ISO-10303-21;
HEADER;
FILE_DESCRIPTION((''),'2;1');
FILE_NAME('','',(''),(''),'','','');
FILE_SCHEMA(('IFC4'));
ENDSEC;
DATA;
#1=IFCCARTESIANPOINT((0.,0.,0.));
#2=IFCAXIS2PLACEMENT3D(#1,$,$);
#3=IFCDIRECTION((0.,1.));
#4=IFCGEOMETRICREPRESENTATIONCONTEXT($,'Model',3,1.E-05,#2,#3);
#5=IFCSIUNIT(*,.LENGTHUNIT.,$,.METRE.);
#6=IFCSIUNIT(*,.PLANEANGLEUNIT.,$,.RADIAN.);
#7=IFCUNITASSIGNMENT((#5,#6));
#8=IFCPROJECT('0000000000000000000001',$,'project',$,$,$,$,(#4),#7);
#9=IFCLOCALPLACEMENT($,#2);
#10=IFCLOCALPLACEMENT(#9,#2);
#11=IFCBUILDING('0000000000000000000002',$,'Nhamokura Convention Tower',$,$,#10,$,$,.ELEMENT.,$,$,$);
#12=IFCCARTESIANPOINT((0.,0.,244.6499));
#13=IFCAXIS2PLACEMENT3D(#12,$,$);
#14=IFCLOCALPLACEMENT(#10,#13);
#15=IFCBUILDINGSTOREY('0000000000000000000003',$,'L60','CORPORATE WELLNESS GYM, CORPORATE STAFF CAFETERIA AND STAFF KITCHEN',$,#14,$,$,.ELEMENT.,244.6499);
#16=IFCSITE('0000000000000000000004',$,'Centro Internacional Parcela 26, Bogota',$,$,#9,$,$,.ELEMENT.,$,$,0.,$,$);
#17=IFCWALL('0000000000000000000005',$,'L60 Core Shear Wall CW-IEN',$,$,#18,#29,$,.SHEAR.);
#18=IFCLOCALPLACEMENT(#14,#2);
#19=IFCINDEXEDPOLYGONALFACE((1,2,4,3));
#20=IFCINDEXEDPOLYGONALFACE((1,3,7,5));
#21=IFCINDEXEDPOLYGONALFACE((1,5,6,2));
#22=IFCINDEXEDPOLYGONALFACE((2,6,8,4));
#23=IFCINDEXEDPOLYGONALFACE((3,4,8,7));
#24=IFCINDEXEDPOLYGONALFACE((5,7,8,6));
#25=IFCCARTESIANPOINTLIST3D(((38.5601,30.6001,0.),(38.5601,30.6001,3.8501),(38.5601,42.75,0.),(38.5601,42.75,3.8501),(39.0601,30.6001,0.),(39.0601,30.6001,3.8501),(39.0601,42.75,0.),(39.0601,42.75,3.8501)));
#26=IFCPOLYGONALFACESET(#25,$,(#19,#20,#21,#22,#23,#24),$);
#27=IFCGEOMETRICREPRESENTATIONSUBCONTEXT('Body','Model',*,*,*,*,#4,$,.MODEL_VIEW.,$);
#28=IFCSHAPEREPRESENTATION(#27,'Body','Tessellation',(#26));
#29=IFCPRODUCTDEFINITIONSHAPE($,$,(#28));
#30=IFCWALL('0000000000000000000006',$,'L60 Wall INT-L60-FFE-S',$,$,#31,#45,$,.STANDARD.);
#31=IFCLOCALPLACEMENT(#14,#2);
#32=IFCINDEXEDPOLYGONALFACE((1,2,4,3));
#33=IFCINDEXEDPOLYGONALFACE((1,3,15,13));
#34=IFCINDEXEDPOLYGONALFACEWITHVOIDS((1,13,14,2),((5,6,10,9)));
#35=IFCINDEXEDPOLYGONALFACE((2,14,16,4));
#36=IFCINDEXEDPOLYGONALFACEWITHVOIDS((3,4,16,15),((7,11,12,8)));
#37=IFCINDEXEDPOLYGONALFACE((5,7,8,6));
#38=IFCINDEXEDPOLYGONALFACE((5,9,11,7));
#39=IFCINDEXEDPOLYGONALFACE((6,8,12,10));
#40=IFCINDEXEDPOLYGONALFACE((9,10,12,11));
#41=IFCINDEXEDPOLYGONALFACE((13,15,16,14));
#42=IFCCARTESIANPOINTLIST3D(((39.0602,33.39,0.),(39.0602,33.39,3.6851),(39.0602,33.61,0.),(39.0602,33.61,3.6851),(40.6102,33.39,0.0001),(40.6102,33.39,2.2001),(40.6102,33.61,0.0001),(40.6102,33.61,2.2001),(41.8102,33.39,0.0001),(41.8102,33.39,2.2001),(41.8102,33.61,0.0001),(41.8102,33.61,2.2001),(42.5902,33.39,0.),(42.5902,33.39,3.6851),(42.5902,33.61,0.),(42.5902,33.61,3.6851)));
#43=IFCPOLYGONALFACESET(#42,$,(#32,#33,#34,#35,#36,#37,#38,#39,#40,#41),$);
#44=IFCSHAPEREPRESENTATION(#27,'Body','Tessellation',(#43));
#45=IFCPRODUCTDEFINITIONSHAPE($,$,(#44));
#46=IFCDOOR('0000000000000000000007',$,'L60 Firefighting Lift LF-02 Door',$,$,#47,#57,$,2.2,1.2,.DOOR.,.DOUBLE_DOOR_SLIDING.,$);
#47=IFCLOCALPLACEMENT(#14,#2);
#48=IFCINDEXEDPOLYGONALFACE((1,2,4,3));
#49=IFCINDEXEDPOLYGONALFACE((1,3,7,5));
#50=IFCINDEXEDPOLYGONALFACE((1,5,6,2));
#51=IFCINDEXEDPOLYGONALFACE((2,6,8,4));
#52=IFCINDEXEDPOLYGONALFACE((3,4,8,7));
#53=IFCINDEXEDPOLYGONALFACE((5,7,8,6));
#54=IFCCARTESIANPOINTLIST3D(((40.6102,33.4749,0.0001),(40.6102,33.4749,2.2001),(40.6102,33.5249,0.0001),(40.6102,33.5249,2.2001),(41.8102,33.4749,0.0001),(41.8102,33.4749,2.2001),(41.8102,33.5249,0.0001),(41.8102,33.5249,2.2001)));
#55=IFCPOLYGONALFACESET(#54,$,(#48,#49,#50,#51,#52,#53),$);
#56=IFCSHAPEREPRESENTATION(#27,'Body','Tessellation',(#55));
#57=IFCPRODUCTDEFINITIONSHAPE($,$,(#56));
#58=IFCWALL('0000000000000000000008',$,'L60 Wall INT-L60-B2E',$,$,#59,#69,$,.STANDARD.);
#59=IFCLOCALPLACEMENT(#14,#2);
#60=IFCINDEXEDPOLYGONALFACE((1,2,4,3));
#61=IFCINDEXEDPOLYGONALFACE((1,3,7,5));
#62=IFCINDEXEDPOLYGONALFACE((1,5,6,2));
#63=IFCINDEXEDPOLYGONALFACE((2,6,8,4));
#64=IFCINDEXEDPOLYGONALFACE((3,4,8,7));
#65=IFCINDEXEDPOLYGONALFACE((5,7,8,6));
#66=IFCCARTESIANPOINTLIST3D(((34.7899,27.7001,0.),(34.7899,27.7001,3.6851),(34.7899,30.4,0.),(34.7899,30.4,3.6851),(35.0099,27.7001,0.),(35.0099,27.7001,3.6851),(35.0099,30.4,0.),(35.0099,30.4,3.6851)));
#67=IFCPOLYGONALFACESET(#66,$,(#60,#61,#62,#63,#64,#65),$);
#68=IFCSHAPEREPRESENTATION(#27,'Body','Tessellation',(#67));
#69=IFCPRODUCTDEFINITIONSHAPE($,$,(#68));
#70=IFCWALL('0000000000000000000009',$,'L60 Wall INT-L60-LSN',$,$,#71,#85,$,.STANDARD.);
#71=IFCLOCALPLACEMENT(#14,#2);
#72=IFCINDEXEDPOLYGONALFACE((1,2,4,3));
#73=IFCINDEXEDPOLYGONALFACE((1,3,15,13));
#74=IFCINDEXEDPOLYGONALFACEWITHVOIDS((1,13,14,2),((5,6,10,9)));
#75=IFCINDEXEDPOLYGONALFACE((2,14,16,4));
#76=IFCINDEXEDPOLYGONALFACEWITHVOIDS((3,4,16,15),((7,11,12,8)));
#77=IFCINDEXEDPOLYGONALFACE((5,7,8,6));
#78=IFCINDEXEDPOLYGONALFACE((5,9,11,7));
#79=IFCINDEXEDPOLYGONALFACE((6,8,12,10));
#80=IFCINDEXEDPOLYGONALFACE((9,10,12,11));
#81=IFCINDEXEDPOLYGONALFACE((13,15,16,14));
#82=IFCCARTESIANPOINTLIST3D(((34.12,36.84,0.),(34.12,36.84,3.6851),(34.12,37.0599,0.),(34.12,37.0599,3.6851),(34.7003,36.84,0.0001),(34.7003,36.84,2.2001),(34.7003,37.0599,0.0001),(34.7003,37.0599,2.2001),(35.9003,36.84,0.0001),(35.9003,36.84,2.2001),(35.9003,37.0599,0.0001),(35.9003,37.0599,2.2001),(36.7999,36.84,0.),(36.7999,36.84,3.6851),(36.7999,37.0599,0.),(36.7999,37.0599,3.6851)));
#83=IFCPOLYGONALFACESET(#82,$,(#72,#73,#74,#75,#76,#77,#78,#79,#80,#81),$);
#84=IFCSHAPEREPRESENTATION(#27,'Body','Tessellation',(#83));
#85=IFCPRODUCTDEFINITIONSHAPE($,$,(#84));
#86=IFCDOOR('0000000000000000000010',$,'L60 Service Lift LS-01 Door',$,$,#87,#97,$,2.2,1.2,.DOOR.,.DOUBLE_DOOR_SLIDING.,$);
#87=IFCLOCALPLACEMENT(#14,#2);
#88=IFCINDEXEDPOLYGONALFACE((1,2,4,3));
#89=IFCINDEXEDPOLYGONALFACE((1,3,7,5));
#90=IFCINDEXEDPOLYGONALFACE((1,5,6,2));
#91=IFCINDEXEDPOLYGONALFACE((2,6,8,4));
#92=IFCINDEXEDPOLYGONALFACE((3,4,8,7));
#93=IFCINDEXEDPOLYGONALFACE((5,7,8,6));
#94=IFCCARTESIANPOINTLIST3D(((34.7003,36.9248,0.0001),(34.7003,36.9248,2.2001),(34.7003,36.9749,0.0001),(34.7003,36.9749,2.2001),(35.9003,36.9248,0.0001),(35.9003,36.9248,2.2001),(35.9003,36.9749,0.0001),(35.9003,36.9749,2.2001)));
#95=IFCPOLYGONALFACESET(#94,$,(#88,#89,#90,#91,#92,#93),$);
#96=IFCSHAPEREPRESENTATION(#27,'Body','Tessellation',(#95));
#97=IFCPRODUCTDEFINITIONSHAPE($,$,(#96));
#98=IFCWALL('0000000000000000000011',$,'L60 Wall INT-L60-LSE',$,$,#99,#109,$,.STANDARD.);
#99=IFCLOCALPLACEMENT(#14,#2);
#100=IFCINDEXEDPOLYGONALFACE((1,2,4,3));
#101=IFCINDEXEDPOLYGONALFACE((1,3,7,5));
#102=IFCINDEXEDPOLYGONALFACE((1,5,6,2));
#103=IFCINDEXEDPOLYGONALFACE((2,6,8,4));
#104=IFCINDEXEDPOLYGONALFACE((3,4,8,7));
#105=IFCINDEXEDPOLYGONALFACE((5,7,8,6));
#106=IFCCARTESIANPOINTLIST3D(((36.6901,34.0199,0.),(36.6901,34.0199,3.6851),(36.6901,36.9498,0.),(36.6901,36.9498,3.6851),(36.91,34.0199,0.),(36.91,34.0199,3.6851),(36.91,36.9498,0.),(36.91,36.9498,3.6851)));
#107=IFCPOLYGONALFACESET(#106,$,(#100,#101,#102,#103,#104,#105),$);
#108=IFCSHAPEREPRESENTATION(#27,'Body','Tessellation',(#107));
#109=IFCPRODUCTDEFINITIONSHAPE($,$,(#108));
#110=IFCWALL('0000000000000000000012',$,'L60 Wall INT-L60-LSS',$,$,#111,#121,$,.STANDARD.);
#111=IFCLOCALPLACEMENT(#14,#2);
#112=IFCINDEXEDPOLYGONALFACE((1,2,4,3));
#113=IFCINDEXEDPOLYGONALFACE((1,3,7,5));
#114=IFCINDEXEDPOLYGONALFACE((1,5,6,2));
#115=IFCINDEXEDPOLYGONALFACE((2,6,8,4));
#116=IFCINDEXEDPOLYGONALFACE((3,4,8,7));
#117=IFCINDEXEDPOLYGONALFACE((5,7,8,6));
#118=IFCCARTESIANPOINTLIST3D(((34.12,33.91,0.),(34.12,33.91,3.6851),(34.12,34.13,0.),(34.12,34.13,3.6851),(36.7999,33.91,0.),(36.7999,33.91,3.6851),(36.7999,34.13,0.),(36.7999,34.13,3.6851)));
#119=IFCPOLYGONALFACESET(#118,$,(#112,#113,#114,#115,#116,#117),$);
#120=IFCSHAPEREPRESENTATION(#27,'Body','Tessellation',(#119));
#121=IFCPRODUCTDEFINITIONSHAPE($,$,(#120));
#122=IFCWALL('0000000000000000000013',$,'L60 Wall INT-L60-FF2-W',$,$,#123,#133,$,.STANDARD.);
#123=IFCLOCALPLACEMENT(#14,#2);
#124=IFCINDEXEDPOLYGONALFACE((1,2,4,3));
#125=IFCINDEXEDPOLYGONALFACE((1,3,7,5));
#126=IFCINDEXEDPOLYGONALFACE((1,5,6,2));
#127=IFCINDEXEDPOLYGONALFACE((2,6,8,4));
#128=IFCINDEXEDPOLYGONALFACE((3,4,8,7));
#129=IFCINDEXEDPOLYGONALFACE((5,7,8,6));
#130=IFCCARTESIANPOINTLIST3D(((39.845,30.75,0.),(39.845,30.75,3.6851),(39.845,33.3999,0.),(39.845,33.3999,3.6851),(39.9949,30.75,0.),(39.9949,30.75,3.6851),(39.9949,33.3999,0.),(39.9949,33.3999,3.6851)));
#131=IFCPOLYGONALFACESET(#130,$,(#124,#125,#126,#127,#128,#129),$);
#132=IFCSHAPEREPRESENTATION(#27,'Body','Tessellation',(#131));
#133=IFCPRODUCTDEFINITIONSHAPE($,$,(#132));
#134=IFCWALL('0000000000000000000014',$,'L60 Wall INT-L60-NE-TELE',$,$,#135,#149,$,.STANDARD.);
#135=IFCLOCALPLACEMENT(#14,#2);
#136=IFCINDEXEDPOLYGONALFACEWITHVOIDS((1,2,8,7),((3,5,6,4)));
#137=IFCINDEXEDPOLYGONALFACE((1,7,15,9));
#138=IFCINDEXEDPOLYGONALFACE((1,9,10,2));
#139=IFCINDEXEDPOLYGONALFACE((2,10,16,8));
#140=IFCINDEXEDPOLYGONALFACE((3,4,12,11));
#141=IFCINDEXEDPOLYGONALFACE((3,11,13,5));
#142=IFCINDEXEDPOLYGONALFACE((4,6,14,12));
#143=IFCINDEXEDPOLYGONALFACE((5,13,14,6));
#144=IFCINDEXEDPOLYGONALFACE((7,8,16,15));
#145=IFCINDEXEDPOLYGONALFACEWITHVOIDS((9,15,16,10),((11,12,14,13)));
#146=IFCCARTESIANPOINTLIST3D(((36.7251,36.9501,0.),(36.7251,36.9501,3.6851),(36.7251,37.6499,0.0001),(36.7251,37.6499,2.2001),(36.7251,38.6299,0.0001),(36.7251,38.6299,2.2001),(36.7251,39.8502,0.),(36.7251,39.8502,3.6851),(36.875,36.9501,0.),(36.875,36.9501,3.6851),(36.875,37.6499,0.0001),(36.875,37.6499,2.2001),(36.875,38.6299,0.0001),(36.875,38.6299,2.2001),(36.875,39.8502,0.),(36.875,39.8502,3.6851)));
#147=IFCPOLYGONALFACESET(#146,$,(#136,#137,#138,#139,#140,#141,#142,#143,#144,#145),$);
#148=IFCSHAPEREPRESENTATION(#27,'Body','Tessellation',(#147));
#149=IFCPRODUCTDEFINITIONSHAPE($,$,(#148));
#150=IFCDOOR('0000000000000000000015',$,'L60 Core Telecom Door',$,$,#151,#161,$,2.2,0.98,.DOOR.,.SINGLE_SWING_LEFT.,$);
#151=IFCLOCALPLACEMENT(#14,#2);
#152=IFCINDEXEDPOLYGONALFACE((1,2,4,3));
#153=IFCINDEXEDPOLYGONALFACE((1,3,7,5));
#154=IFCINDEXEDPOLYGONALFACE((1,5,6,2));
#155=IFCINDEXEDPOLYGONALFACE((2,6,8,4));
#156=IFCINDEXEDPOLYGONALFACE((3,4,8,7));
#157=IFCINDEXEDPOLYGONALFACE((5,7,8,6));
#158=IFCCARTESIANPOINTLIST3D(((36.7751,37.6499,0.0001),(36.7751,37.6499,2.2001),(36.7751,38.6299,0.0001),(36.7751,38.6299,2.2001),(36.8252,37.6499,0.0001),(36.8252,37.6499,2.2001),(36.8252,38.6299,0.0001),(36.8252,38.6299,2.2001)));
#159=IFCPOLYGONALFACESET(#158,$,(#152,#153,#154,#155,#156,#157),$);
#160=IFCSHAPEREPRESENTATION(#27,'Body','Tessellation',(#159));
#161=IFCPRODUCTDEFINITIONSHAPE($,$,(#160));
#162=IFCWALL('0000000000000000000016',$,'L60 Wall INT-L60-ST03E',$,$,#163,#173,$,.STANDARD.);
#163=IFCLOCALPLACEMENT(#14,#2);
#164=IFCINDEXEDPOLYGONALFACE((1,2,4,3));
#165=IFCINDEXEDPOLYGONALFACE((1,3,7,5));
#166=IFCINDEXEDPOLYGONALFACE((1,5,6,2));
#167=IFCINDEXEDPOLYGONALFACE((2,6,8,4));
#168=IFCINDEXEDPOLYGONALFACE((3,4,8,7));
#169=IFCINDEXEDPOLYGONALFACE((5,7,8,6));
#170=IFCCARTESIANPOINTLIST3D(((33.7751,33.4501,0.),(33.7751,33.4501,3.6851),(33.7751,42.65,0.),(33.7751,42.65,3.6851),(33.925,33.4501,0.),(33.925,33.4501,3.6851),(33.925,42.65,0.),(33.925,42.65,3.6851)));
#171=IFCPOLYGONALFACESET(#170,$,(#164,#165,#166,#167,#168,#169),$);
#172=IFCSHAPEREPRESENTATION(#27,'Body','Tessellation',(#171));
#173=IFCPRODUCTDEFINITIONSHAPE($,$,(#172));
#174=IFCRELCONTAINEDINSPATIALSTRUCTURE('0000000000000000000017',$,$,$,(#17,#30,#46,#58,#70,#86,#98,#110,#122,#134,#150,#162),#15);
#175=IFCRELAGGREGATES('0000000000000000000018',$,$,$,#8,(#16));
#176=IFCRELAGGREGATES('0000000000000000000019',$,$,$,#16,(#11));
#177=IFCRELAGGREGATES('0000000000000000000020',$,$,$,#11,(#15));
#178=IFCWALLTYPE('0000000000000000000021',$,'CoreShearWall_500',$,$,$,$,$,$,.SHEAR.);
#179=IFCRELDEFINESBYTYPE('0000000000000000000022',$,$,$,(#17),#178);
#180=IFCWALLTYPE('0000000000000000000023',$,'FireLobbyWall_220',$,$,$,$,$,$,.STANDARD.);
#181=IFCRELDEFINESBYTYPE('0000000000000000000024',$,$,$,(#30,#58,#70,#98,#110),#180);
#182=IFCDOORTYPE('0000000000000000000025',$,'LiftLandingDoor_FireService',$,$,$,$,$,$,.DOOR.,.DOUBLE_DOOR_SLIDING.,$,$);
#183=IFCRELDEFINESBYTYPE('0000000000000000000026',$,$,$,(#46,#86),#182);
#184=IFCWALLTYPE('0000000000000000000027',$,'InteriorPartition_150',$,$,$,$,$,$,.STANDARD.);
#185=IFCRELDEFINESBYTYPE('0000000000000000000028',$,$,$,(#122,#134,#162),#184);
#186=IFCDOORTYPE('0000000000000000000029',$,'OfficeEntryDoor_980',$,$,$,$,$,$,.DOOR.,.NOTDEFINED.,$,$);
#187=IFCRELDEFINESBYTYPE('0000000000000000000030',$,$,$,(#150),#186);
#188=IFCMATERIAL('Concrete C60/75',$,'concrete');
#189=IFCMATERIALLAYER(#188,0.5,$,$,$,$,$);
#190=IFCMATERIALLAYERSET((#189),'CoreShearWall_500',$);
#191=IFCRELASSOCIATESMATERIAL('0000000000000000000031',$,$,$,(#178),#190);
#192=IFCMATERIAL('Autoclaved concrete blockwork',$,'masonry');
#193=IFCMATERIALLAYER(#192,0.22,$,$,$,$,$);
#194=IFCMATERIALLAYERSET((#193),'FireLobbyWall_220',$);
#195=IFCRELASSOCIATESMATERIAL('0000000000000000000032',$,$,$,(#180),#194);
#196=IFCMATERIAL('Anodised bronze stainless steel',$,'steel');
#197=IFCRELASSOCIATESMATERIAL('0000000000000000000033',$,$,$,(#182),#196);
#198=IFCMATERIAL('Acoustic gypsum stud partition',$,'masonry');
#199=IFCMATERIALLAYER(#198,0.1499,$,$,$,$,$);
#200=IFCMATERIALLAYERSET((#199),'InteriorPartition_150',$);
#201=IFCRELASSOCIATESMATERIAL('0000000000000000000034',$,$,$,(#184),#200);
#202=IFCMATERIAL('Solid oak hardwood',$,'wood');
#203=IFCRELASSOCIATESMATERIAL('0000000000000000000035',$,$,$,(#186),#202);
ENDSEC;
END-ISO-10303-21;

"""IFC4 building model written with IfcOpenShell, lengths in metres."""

from ifc_helpers import new_model, si_unit, direction, frame, frame_2d, origin, place, context, subcontext, project, spatial, rectangle, extrude, material, layer, layer_set, type_object, element, fill, save


model = new_model("IFC4")

# Units and contexts
model_context = context("Model", 3, precision=1e-05, world=origin(), true_north=direction((0.0, 1.0)))
body_context = subcontext(model_context, "Body", "Model", "MODEL_VIEW")
ifc_project = project(units=[si_unit("LENGTHUNIT", "METRE"), si_unit("PLANEANGLEUNIT", "RADIAN")], contexts=[model_context])

# Site, building, storey
site_placement = place(None, origin())
site = spatial("IfcSite", under=ifc_project, at=site_placement, Name="Centro Internacional Parcela 26, Bogota", CompositionType="ELEMENT", RefElevation=0.0)
building_placement = place(site_placement, origin())
building = spatial("IfcBuilding", under=site, at=building_placement, Name="Nhamokura Convention Tower", CompositionType="ELEMENT")
storey_placement = place(building_placement, frame((0.0, 0.0, 244.6499)))
storey = spatial("IfcBuildingStorey", under=building, at=storey_placement, Name="L60", Description="CORPORATE WELLNESS GYM, CORPORATE STAFF CAFETERIA AND STAFF KITCHEN", CompositionType="ELEMENT", Elevation=244.6499)

# Shared definitions
ifc_material_1 = material(Name="Concrete C60/75", Category="concrete")
ifc_layer_1 = layer(ifc_material_1, 0.5)
ifc_layer_set_1 = layer_set([ifc_layer_1], Name="CoreShearWall_500")
wall_type_1 = type_object("IfcWallType", Name="CoreShearWall_500", PredefinedType="SHEAR", material=ifc_layer_set_1)

# Wall
wall_1_placement = place(storey_placement, frame((38.8101, 30.6001, 0.0), z_axis=(0.0, 0.0, 1.0), x_axis=(0.0, 1.0, 0.0)))
element("IfcWall", 1, at=wall_1_placement, inside=storey, type_object=wall_type_1, Name="L60 Core Shear Wall CW-IEN", PredefinedType="SHEAR", context=body_context, shape_type="SweptSolid", body=[
    extrude(rectangle(XDim=12.1499, YDim=0.5, at=frame_2d((6.075, 0.0))), origin(), (0.0, 0.0, 1.0), 3.8501),
])

# Wall, opening, door
ifc_material_2 = material(Name="Autoclaved concrete blockwork", Category="masonry")
ifc_layer_2 = layer(ifc_material_2, 0.22)
ifc_layer_set_2 = layer_set([ifc_layer_2], Name="FireLobbyWall_220")
wall_type_2 = type_object("IfcWallType", Name="FireLobbyWall_220", PredefinedType="STANDARD", material=ifc_layer_set_2)
wall_2_placement = place(storey_placement, frame((39.0601, 33.5, 0.0), z_axis=(0.0, 0.0, 1.0), x_axis=(1.0, 0.0, 0.0)))
wall_2 = element("IfcWall", 2, at=wall_2_placement, inside=storey, type_object=wall_type_2, Name="L60 Wall INT-L60-FFE-S", PredefinedType="STANDARD", context=body_context, shape_type="SweptSolid", body=[
    extrude(rectangle(XDim=3.53, YDim=0.22, at=frame_2d((1.7651, 0.0))), origin(), (0.0, 0.0, 1.0), 3.6851),
])
opening_1_placement = place(wall_2_placement, frame((1.55, 0.0, 0.0)))
opening_1 = element("IfcOpeningElement", 3, at=opening_1_placement, cuts=wall_2, PredefinedType="OPENING", context=body_context, shape_type="SweptSolid", body=[
    extrude(rectangle(XDim=1.2, YDim=2.2, at=frame_2d((0.6001, 1.1001))), frame((0.0, 0.1199, 0.0), z_axis=(0.0, -1.0, 0.0), x_axis=(1.0, 0.0, 0.0)), (0.0, 0.0, 1.0), 0.24),
])
ifc_material_3 = material(Name="Anodised bronze stainless steel", Category="steel")
door_type_1 = type_object("IfcDoorType", Name="LiftLandingDoor_FireService", OperationType="DOUBLE_DOOR_SLIDING", PredefinedType="DOOR", material=ifc_material_3)
door_1_placement = place(opening_1_placement, origin())
door_1 = element("IfcDoor", 4, at=door_1_placement, inside=storey, type_object=door_type_1, Name="L60 Firefighting Lift LF-02 Door", OperationType="DOUBLE_DOOR_SLIDING", OverallHeight=2.2, OverallWidth=1.2, PredefinedType="DOOR", context=body_context, shape_type="SweptSolid", body=[
    extrude(rectangle(XDim=1.2, YDim=2.2, at=frame_2d((0.6001, 1.1001))), frame((0.0, 0.0249, 0.0), z_axis=(0.0, -1.0, 0.0), x_axis=(1.0, 0.0, 0.0)), (0.0, 0.0, 1.0), 0.05),
])
fill(opening_1, door_1)

# Wall
wall_3_placement = place(storey_placement, frame((34.8999, 27.7, 0.0), z_axis=(0.0, 0.0, 1.0), x_axis=(0.0, 1.0, 0.0)))
element("IfcWall", 5, at=wall_3_placement, inside=storey, type_object=wall_type_2, Name="L60 Wall INT-L60-B2E", PredefinedType="STANDARD", context=body_context, shape_type="SweptSolid", body=[
    extrude(rectangle(XDim=2.7, YDim=0.22, at=frame_2d((1.3501, 0.0))), origin(), (0.0, 0.0, 1.0), 3.6851),
])

# Wall, opening, door
wall_4_placement = place(storey_placement, frame((34.1201, 36.95, 0.0), z_axis=(0.0, 0.0, 1.0), x_axis=(1.0, 0.0, 0.0)))
wall_4 = element("IfcWall", 6, at=wall_4_placement, inside=storey, type_object=wall_type_2, Name="L60 Wall INT-L60-LSN", PredefinedType="STANDARD", context=body_context, shape_type="SweptSolid", body=[
    extrude(rectangle(XDim=2.6799, YDim=0.22, at=frame_2d((1.3398, 0.0))), origin(), (0.0, 0.0, 1.0), 3.6851),
])
opening_2_placement = place(wall_4_placement, frame((0.5801, 0.0, 0.0)))
opening_2 = element("IfcOpeningElement", 7, at=opening_2_placement, cuts=wall_4, PredefinedType="OPENING", context=body_context, shape_type="SweptSolid", body=[
    extrude(rectangle(XDim=1.2, YDim=2.2, at=frame_2d((0.6001, 1.1001))), frame((0.0, 0.1199, 0.0), z_axis=(0.0, -1.0, 0.0), x_axis=(1.0, 0.0, 0.0)), (0.0, 0.0, 1.0), 0.24),
])
door_2_placement = place(opening_2_placement, origin())
door_2 = element("IfcDoor", 8, at=door_2_placement, inside=storey, type_object=door_type_1, Name="L60 Service Lift LS-01 Door", OperationType="DOUBLE_DOOR_SLIDING", OverallHeight=2.2, OverallWidth=1.2, PredefinedType="DOOR", context=body_context, shape_type="SweptSolid", body=[
    extrude(rectangle(XDim=1.2, YDim=2.2, at=frame_2d((0.6001, 1.1001))), frame((0.0, 0.0249, 0.0), z_axis=(0.0, -1.0, 0.0), x_axis=(1.0, 0.0, 0.0)), (0.0, 0.0, 1.0), 0.05),
])
fill(opening_2, door_2)

# Walls
wall_5_placement = place(storey_placement, frame((36.8, 34.02, 0.0), z_axis=(0.0, 0.0, 1.0), x_axis=(0.0, 1.0, 0.0)))
element("IfcWall", 9, at=wall_5_placement, inside=storey, type_object=wall_type_2, Name="L60 Wall INT-L60-LSE", PredefinedType="STANDARD", context=body_context, shape_type="SweptSolid", body=[
    extrude(rectangle(XDim=2.9299, YDim=0.22, at=frame_2d((1.4648, 0.0))), origin(), (0.0, 0.0, 1.0), 3.6851),
])
wall_6_placement = place(storey_placement, frame((34.1201, 34.02, 0.0), z_axis=(0.0, 0.0, 1.0), x_axis=(1.0, 0.0, 0.0)))
element("IfcWall", 10, at=wall_6_placement, inside=storey, type_object=wall_type_2, Name="L60 Wall INT-L60-LSS", PredefinedType="STANDARD", context=body_context, shape_type="SweptSolid", body=[
    extrude(rectangle(XDim=2.6799, YDim=0.22, at=frame_2d((1.3398, 0.0))), origin(), (0.0, 0.0, 1.0), 3.6851),
])
ifc_material_4 = material(Name="Acoustic gypsum stud partition", Category="masonry")
ifc_layer_3 = layer(ifc_material_4, 0.1499)
ifc_layer_set_3 = layer_set([ifc_layer_3], Name="InteriorPartition_150")
wall_type_3 = type_object("IfcWallType", Name="InteriorPartition_150", PredefinedType="STANDARD", material=ifc_layer_set_3)
wall_7_placement = place(storey_placement, frame((39.9199, 30.75, 0.0), z_axis=(0.0, 0.0, 1.0), x_axis=(0.0, 1.0, 0.0)))
element("IfcWall", 11, at=wall_7_placement, inside=storey, type_object=wall_type_3, Name="L60 Wall INT-L60-FF2-W", PredefinedType="STANDARD", context=body_context, shape_type="SweptSolid", body=[
    extrude(rectangle(XDim=2.6499, YDim=0.1499, at=frame_2d((1.325, 0.0))), origin(), (0.0, 0.0, 1.0), 3.6851),
])

# Wall, opening, door
wall_8_placement = place(storey_placement, frame((36.8, 36.95, 0.0), z_axis=(0.0, 0.0, 1.0), x_axis=(0.0, 1.0, 0.0)))
wall_8 = element("IfcWall", 12, at=wall_8_placement, inside=storey, type_object=wall_type_3, Name="L60 Wall INT-L60-NE-TELE", PredefinedType="STANDARD", context=body_context, shape_type="SweptSolid", body=[
    extrude(rectangle(XDim=2.9001, YDim=0.1499, at=frame_2d((1.4502, 0.0))), origin(), (0.0, 0.0, 1.0), 3.6851),
])
opening_3_placement = place(wall_8_placement, frame((0.7, 0.0, 0.0)))
opening_3 = element("IfcOpeningElement", 13, at=opening_3_placement, cuts=wall_8, PredefinedType="OPENING", context=body_context, shape_type="SweptSolid", body=[
    extrude(rectangle(XDim=0.98, YDim=2.2, at=frame_2d((0.49, 1.1001))), frame((0.0, 0.085, 0.0), z_axis=(0.0, -1.0, 0.0), x_axis=(1.0, 0.0, 0.0)), (0.0, 0.0, 1.0), 0.1699),
])
ifc_material_5 = material(Name="Solid oak hardwood", Category="wood")
door_type_2 = type_object("IfcDoorType", Name="OfficeEntryDoor_980", OperationType="NOTDEFINED", PredefinedType="DOOR", material=ifc_material_5)
door_3_placement = place(opening_3_placement, origin())
door_3 = element("IfcDoor", 14, at=door_3_placement, inside=storey, type_object=door_type_2, Name="L60 Core Telecom Door", OperationType="SINGLE_SWING_LEFT", OverallHeight=2.2, OverallWidth=0.98, PredefinedType="DOOR", context=body_context, shape_type="SweptSolid", body=[
    extrude(rectangle(XDim=0.98, YDim=2.2, at=frame_2d((0.49, 1.1001))), frame((0.0, 0.0249, 0.0), z_axis=(0.0, -1.0, 0.0), x_axis=(1.0, 0.0, 0.0)), (0.0, 0.0, 1.0), 0.05),
])
fill(opening_3, door_3)

# Wall
wall_9_placement = place(storey_placement, frame((33.8501, 33.45, 0.0), z_axis=(0.0, 0.0, 1.0), x_axis=(0.0, 1.0, 0.0)))
element("IfcWall", 15, at=wall_9_placement, inside=storey, type_object=wall_type_3, Name="L60 Wall INT-L60-ST03E", PredefinedType="STANDARD", context=body_context, shape_type="SweptSolid", body=[
    extrude(rectangle(XDim=9.2, YDim=0.1499, at=frame_2d((4.6001, 0.0))), origin(), (0.0, 0.0, 1.0), 3.6851),
])

save(model, "model.ifc")
